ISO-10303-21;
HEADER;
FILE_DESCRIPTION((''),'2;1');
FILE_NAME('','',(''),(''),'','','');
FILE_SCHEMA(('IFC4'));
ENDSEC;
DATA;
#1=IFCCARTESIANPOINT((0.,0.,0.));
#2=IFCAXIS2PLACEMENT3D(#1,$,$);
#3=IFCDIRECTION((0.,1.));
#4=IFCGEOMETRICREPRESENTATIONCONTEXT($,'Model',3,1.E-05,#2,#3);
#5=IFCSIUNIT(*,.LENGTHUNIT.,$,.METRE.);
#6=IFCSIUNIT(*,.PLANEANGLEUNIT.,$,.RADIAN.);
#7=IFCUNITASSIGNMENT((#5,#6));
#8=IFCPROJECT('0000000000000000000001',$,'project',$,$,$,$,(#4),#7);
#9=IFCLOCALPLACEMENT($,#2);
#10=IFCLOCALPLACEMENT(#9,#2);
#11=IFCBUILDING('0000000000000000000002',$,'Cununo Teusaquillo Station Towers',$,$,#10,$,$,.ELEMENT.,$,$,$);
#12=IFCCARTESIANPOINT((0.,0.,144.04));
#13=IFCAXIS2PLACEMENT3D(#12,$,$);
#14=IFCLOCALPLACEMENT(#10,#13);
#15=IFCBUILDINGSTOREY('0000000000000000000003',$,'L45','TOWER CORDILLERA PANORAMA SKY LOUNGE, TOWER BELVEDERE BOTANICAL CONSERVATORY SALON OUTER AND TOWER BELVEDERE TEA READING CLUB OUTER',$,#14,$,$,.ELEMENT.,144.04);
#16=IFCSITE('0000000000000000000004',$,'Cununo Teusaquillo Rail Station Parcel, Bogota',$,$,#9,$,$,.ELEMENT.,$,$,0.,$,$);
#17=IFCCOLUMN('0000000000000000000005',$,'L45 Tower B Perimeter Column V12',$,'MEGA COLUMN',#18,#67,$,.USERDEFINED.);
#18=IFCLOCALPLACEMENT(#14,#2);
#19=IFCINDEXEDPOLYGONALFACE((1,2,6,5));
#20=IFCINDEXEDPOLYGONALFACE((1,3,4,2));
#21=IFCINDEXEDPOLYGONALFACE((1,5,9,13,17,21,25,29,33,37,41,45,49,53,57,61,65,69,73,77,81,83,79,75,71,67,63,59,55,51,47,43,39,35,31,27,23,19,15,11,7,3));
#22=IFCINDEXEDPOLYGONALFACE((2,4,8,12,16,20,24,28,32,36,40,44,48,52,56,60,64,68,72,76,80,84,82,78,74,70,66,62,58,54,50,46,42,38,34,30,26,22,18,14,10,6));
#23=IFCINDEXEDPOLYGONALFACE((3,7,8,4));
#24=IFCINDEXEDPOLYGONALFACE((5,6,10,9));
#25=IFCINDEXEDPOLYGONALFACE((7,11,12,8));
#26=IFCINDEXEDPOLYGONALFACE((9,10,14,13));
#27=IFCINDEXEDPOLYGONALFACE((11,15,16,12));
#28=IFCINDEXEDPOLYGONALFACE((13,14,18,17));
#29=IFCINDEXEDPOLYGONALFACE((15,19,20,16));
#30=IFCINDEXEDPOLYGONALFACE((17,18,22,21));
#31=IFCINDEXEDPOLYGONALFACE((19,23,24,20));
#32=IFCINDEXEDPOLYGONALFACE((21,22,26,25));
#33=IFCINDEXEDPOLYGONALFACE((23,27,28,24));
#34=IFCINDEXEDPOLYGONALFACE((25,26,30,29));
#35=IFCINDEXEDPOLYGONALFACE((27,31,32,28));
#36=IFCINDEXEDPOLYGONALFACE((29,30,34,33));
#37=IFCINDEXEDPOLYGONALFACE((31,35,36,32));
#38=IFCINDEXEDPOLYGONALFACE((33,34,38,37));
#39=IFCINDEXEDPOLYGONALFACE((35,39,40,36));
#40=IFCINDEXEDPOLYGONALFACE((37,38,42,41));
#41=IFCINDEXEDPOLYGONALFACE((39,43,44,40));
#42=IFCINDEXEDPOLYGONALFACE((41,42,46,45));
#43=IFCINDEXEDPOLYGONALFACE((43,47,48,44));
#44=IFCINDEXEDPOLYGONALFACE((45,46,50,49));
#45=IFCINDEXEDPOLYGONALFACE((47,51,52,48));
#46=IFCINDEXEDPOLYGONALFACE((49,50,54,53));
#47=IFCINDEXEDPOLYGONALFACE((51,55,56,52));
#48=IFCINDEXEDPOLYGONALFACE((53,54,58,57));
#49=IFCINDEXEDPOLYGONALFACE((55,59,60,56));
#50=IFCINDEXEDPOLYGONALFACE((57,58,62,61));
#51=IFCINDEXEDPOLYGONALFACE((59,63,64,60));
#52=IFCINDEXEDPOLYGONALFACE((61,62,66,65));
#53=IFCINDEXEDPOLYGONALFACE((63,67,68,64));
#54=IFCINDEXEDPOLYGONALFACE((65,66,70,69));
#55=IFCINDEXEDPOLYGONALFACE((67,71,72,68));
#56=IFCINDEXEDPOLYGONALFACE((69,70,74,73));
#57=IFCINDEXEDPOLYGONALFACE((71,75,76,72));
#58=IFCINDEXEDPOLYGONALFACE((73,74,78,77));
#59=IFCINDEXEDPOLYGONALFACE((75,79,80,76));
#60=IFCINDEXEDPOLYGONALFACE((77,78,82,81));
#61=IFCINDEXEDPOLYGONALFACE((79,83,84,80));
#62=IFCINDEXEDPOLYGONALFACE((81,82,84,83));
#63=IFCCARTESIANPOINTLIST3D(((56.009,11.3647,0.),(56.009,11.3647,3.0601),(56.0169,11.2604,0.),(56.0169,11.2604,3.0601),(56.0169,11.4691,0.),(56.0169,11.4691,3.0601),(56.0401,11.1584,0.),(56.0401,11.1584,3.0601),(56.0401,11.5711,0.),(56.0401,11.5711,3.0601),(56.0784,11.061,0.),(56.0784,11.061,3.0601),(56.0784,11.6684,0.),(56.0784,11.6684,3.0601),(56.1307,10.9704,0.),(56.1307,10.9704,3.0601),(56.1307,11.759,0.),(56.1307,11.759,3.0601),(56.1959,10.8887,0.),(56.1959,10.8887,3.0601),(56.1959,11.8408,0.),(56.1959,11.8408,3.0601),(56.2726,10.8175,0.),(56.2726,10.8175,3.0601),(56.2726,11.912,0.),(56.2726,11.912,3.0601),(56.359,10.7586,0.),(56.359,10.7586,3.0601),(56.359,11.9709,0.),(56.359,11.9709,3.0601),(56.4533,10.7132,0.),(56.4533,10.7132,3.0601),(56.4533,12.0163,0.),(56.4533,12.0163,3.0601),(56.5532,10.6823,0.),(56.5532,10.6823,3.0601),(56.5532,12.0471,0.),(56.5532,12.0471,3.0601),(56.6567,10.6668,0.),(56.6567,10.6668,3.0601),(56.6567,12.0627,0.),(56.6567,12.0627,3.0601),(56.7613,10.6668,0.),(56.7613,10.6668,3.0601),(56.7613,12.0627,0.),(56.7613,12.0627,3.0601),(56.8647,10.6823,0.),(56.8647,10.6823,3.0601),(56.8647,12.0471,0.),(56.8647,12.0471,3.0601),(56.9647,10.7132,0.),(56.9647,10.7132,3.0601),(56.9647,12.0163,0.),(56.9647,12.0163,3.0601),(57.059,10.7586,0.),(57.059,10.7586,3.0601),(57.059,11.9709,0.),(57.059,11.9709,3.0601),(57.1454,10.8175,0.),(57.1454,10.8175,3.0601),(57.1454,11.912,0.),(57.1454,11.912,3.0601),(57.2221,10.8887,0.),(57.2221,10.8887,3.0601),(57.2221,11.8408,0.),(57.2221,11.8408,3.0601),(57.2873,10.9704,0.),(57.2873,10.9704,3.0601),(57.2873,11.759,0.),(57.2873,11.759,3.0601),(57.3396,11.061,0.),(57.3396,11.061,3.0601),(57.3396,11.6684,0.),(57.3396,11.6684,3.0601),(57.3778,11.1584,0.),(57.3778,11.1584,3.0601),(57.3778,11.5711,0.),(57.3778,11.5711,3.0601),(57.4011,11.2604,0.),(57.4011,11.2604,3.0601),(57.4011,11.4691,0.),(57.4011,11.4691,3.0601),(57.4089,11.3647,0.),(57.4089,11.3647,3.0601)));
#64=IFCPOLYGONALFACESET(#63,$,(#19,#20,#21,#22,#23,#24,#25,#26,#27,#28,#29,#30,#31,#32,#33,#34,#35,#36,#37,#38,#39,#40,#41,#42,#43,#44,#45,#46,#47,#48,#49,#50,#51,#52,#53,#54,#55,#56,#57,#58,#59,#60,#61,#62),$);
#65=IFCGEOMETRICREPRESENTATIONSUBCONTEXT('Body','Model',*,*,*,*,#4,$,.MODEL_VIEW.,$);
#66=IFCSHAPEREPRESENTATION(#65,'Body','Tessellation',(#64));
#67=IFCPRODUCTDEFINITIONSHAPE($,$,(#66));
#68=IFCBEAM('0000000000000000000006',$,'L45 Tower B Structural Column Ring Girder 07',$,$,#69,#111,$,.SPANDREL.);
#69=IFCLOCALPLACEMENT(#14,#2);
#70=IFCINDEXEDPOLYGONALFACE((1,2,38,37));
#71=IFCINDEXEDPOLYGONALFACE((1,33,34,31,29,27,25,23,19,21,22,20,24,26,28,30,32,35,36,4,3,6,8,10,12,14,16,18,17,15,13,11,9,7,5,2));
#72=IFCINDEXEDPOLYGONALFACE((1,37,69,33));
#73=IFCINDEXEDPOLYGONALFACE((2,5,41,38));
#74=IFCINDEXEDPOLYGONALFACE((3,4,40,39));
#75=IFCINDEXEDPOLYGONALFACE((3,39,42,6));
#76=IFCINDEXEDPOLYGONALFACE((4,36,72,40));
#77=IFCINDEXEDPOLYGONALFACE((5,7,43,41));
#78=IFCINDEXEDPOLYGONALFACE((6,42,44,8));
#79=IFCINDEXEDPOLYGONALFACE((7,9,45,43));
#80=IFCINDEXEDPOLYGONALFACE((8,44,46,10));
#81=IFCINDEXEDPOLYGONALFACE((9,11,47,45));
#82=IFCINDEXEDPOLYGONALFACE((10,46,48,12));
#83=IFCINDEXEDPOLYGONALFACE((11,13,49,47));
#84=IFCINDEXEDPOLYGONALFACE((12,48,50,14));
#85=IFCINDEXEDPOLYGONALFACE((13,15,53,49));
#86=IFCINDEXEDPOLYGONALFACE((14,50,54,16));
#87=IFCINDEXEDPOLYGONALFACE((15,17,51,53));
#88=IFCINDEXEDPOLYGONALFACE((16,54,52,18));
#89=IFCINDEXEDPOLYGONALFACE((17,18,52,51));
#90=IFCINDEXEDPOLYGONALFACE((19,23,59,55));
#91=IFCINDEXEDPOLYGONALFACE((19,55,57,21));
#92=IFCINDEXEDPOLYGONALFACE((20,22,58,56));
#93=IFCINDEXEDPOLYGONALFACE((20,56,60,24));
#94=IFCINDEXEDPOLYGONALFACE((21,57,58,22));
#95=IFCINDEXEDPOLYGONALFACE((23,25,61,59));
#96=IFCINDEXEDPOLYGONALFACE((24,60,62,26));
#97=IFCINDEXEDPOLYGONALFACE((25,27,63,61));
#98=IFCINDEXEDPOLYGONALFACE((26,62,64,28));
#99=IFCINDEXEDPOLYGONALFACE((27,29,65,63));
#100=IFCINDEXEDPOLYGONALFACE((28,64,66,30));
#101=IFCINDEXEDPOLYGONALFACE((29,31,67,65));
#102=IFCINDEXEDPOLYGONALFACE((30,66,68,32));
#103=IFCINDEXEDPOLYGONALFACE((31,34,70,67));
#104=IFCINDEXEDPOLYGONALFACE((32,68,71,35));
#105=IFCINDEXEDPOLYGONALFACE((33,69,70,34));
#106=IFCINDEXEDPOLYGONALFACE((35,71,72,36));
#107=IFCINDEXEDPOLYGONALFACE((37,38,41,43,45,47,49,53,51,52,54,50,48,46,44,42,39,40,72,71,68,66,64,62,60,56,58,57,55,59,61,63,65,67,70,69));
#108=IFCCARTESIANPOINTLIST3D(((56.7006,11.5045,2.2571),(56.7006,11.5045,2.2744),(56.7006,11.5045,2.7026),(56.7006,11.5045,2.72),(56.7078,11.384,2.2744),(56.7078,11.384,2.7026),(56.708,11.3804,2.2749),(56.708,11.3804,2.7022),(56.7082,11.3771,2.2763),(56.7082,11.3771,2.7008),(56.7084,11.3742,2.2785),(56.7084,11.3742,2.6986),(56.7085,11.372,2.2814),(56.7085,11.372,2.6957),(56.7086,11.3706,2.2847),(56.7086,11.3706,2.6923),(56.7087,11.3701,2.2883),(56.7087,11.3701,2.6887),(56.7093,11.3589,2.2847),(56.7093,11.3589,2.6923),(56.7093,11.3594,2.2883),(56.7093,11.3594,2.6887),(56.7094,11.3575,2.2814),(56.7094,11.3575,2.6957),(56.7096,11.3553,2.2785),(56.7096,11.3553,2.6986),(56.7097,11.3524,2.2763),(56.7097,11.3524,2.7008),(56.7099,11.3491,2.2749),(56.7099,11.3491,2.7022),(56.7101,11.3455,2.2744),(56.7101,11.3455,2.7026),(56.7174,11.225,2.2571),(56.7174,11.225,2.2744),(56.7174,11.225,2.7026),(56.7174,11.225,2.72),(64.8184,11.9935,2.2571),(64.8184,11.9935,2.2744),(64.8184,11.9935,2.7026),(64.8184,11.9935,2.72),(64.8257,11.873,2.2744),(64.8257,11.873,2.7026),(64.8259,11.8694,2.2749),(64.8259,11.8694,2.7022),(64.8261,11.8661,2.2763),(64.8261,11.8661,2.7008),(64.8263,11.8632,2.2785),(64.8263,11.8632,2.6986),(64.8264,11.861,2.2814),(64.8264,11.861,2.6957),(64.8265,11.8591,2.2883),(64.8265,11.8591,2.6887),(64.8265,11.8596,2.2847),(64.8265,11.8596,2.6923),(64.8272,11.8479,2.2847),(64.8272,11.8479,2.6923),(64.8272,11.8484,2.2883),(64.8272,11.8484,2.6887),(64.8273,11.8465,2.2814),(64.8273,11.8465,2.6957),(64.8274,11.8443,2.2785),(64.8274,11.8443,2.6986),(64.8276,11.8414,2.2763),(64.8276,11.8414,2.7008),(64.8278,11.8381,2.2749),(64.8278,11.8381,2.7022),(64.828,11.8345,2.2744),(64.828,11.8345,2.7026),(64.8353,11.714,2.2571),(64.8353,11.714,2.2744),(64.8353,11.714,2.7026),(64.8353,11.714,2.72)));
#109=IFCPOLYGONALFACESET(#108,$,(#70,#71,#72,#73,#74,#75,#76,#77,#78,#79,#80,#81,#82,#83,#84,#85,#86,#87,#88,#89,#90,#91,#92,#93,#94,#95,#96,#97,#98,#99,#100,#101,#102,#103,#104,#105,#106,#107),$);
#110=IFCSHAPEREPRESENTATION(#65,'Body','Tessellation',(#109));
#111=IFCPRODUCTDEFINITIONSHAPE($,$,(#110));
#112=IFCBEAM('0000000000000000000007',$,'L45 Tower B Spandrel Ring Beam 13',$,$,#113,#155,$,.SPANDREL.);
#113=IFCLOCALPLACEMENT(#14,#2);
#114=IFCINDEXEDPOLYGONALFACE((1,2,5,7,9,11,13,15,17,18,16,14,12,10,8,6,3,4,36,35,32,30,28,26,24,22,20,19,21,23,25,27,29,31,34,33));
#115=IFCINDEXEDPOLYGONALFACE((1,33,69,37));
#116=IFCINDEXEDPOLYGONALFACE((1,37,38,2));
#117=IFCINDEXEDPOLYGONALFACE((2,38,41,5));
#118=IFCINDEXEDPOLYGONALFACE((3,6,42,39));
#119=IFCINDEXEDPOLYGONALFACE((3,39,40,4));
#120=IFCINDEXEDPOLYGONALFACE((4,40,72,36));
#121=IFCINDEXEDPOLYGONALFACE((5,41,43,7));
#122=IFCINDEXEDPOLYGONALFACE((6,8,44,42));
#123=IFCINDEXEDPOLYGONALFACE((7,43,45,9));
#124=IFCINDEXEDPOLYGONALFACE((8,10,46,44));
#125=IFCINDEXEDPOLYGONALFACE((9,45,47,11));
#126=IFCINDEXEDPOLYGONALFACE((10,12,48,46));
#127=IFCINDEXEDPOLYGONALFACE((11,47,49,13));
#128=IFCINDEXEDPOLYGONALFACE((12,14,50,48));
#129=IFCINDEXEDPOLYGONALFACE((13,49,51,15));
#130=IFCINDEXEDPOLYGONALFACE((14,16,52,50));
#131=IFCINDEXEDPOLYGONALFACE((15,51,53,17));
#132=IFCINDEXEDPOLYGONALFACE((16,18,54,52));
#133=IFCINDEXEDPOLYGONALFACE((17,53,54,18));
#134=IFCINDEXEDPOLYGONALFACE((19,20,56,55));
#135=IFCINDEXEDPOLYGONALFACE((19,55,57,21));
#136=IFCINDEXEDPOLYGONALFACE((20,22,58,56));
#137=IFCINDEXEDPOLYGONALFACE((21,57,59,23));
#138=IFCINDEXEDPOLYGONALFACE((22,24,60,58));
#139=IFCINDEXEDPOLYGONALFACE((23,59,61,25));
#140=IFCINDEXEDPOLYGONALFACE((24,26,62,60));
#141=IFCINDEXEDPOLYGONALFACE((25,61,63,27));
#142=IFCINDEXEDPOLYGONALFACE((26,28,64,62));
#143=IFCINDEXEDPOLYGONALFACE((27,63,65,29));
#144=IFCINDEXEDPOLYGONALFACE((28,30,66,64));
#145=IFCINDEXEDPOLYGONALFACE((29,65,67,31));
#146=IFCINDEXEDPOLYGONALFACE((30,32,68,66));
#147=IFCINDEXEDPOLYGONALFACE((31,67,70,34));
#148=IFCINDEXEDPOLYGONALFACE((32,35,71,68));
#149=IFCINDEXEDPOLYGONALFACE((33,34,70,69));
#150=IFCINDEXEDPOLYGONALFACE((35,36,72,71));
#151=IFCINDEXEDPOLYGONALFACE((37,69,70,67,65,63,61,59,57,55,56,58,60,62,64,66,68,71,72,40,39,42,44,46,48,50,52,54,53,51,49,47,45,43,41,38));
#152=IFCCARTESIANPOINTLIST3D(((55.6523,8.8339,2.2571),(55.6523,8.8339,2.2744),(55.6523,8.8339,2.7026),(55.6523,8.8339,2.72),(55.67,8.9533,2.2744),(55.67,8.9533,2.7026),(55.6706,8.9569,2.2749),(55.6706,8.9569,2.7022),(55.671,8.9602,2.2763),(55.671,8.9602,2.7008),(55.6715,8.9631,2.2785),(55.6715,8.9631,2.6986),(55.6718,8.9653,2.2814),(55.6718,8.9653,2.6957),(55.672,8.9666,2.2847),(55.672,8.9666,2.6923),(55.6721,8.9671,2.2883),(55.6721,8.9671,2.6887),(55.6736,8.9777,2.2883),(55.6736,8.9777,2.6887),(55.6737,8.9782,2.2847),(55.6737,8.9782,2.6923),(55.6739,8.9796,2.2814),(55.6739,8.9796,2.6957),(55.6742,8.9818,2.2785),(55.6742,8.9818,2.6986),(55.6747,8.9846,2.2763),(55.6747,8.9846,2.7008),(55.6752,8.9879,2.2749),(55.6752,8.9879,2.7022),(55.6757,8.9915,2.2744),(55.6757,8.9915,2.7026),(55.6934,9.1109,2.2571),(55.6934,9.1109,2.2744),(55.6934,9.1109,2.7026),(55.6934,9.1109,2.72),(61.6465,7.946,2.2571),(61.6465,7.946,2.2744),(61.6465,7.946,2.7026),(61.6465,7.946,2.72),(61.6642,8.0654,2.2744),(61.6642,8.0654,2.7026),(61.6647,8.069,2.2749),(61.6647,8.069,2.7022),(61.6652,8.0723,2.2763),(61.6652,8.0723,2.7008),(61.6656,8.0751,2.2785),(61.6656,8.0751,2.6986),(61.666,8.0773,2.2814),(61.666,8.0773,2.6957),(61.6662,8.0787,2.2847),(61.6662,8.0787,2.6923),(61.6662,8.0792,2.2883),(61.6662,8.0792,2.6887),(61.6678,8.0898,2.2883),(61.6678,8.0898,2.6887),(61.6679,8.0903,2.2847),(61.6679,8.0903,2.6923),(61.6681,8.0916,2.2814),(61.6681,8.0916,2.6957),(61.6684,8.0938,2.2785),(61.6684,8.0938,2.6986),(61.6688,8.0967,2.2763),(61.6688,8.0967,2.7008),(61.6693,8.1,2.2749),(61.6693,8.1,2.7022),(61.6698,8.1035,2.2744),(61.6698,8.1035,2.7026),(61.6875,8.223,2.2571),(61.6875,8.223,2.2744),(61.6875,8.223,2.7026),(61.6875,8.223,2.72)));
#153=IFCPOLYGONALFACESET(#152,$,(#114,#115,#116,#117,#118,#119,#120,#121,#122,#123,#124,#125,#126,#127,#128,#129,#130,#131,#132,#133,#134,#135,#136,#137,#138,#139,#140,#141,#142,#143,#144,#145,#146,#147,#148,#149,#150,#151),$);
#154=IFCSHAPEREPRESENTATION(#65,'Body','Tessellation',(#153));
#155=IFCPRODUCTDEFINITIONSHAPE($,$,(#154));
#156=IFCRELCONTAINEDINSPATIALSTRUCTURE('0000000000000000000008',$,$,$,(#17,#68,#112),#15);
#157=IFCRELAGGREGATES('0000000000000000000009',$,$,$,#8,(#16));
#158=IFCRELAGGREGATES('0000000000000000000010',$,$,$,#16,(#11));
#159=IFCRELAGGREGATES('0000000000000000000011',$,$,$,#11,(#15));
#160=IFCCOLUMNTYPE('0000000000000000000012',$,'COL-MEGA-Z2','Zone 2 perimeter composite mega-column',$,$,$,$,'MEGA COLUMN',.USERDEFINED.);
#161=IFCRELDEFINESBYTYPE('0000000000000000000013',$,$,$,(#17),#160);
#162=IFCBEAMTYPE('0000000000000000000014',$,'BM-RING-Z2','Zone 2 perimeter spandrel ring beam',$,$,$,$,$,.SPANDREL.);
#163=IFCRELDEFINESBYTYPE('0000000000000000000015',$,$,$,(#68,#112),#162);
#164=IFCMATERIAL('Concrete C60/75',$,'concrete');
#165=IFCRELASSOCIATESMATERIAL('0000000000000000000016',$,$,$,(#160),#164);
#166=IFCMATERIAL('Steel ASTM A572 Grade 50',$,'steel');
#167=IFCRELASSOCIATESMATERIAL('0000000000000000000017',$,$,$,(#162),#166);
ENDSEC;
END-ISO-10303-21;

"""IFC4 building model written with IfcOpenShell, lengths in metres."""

from ifc_helpers import new_model, si_unit, direction, frame, origin, origin_2d, place, context, subcontext, project, spatial, circle, i_section, extrude, material, material_profile, profile_set, type_object, element, save


model = new_model("IFC4")

# Units and contexts
model_context = context("Model", 3, precision=1e-05, world=origin(), true_north=direction((0.0, 1.0)))
body_context = subcontext(model_context, "Body", "Model", "MODEL_VIEW")
ifc_project = project(units=[si_unit("LENGTHUNIT", "METRE"), si_unit("PLANEANGLEUNIT", "RADIAN")], contexts=[model_context])

# Site, building, storey
site_placement = place(None, origin())
site = spatial("IfcSite", under=ifc_project, at=site_placement, Name="Cununo Teusaquillo Rail Station Parcel, Bogota", CompositionType="ELEMENT", RefElevation=0.0)
building_placement = place(site_placement, origin())
building = spatial("IfcBuilding", under=site, at=building_placement, Name="Cununo Teusaquillo Station Towers", CompositionType="ELEMENT")
storey_placement = place(building_placement, frame((0.0, 0.0, 144.04)))
storey = spatial("IfcBuildingStorey", under=building, at=storey_placement, Name="L45", Description="TOWER CORDILLERA PANORAMA SKY LOUNGE, TOWER BELVEDERE BOTANICAL CONSERVATORY SALON OUTER AND TOWER BELVEDERE TEA READING CLUB OUTER", CompositionType="ELEMENT", Elevation=144.04)

# Column
ifc_material_1 = material(Name="Concrete C60/75", Category="concrete")
ifc_material_profile_1 = material_profile(ifc_material_1, circle(Radius=0.7, at=origin_2d()), Name="RC-CIRC-1400")
ifc_profile_set_1 = profile_set([ifc_material_profile_1], Name="Concrete C60/75")
column_type = type_object("IfcColumnType", Name="COL-MEGA-Z2", Description="Zone 2 perimeter composite mega-column", ElementType="MEGA COLUMN", PredefinedType="USERDEFINED", material=ifc_profile_set_1)
column_placement = place(storey_placement, frame((56.709, 11.3647, 0.0), z_axis=(0.0, 0.0, 1.0), x_axis=(1.0, 0.0, 0.0)))
element("IfcColumn", 1, at=column_placement, inside=storey, type_object=column_type, Name="L45 Tower B Perimeter Column V12", ObjectType="MEGA COLUMN", PredefinedType="USERDEFINED", context=body_context, shape_type="SweptSolid", body=[
    extrude(circle(Radius=0.7, at=origin_2d()), origin(), (0.0, 0.0, 1.0), 3.0601),
])

# Beams
ifc_material_2 = material(Name="Steel ASTM A572 Grade 50", Category="steel")
ifc_material_profile_2 = material_profile(ifc_material_2, i_section(OverallWidth=0.28, OverallDepth=0.4629, WebThickness=0.0107, FlangeThickness=0.0173, FilletRadius=0.0139, at=origin_2d()), Name="W18X76")
ifc_profile_set_2 = profile_set([ifc_material_profile_2], Name="Steel ASTM A572 Grade 50")
beam_type = type_object("IfcBeamType", Name="BM-RING-Z2", Description="Zone 2 perimeter spandrel ring beam", PredefinedType="SPANDREL", material=ifc_profile_set_2)
beam_1_placement = place(storey_placement, frame((56.709, 11.3647, 2.4885), z_axis=(0.998191, 0.06013, 0.0), x_axis=(-0.06013, 0.998191, 0.0)))
element("IfcBeam", 2, at=beam_1_placement, inside=storey, type_object=beam_type, Name="L45 Tower B Structural Column Ring Girder 07", PredefinedType="SPANDREL", context=body_context, shape_type="SweptSolid", body=[
    extrude(i_section(OverallWidth=0.28, OverallDepth=0.4629, WebThickness=0.0107, FlangeThickness=0.0173, FilletRadius=0.0139, at=origin_2d()), origin(), (0.0, 0.0, 1.0), 8.1326),
])
beam_2_placement = place(storey_placement, frame((55.6729, 8.9724, 2.4885), z_axis=(0.989205, -0.146536, 0.0), x_axis=(0.146536, 0.989205, 0.0)))
element("IfcBeam", 3, at=beam_2_placement, inside=storey, type_object=beam_type, Name="L45 Tower B Spandrel Ring Beam 13", PredefinedType="SPANDREL", context=body_context, shape_type="SweptSolid", body=[
    extrude(i_section(OverallWidth=0.28, OverallDepth=0.4629, WebThickness=0.0107, FlangeThickness=0.0173, FilletRadius=0.0139, at=origin_2d()), origin(), (0.0, 0.0, 1.0), 6.0596),
])

save(model, "model.ifc")
